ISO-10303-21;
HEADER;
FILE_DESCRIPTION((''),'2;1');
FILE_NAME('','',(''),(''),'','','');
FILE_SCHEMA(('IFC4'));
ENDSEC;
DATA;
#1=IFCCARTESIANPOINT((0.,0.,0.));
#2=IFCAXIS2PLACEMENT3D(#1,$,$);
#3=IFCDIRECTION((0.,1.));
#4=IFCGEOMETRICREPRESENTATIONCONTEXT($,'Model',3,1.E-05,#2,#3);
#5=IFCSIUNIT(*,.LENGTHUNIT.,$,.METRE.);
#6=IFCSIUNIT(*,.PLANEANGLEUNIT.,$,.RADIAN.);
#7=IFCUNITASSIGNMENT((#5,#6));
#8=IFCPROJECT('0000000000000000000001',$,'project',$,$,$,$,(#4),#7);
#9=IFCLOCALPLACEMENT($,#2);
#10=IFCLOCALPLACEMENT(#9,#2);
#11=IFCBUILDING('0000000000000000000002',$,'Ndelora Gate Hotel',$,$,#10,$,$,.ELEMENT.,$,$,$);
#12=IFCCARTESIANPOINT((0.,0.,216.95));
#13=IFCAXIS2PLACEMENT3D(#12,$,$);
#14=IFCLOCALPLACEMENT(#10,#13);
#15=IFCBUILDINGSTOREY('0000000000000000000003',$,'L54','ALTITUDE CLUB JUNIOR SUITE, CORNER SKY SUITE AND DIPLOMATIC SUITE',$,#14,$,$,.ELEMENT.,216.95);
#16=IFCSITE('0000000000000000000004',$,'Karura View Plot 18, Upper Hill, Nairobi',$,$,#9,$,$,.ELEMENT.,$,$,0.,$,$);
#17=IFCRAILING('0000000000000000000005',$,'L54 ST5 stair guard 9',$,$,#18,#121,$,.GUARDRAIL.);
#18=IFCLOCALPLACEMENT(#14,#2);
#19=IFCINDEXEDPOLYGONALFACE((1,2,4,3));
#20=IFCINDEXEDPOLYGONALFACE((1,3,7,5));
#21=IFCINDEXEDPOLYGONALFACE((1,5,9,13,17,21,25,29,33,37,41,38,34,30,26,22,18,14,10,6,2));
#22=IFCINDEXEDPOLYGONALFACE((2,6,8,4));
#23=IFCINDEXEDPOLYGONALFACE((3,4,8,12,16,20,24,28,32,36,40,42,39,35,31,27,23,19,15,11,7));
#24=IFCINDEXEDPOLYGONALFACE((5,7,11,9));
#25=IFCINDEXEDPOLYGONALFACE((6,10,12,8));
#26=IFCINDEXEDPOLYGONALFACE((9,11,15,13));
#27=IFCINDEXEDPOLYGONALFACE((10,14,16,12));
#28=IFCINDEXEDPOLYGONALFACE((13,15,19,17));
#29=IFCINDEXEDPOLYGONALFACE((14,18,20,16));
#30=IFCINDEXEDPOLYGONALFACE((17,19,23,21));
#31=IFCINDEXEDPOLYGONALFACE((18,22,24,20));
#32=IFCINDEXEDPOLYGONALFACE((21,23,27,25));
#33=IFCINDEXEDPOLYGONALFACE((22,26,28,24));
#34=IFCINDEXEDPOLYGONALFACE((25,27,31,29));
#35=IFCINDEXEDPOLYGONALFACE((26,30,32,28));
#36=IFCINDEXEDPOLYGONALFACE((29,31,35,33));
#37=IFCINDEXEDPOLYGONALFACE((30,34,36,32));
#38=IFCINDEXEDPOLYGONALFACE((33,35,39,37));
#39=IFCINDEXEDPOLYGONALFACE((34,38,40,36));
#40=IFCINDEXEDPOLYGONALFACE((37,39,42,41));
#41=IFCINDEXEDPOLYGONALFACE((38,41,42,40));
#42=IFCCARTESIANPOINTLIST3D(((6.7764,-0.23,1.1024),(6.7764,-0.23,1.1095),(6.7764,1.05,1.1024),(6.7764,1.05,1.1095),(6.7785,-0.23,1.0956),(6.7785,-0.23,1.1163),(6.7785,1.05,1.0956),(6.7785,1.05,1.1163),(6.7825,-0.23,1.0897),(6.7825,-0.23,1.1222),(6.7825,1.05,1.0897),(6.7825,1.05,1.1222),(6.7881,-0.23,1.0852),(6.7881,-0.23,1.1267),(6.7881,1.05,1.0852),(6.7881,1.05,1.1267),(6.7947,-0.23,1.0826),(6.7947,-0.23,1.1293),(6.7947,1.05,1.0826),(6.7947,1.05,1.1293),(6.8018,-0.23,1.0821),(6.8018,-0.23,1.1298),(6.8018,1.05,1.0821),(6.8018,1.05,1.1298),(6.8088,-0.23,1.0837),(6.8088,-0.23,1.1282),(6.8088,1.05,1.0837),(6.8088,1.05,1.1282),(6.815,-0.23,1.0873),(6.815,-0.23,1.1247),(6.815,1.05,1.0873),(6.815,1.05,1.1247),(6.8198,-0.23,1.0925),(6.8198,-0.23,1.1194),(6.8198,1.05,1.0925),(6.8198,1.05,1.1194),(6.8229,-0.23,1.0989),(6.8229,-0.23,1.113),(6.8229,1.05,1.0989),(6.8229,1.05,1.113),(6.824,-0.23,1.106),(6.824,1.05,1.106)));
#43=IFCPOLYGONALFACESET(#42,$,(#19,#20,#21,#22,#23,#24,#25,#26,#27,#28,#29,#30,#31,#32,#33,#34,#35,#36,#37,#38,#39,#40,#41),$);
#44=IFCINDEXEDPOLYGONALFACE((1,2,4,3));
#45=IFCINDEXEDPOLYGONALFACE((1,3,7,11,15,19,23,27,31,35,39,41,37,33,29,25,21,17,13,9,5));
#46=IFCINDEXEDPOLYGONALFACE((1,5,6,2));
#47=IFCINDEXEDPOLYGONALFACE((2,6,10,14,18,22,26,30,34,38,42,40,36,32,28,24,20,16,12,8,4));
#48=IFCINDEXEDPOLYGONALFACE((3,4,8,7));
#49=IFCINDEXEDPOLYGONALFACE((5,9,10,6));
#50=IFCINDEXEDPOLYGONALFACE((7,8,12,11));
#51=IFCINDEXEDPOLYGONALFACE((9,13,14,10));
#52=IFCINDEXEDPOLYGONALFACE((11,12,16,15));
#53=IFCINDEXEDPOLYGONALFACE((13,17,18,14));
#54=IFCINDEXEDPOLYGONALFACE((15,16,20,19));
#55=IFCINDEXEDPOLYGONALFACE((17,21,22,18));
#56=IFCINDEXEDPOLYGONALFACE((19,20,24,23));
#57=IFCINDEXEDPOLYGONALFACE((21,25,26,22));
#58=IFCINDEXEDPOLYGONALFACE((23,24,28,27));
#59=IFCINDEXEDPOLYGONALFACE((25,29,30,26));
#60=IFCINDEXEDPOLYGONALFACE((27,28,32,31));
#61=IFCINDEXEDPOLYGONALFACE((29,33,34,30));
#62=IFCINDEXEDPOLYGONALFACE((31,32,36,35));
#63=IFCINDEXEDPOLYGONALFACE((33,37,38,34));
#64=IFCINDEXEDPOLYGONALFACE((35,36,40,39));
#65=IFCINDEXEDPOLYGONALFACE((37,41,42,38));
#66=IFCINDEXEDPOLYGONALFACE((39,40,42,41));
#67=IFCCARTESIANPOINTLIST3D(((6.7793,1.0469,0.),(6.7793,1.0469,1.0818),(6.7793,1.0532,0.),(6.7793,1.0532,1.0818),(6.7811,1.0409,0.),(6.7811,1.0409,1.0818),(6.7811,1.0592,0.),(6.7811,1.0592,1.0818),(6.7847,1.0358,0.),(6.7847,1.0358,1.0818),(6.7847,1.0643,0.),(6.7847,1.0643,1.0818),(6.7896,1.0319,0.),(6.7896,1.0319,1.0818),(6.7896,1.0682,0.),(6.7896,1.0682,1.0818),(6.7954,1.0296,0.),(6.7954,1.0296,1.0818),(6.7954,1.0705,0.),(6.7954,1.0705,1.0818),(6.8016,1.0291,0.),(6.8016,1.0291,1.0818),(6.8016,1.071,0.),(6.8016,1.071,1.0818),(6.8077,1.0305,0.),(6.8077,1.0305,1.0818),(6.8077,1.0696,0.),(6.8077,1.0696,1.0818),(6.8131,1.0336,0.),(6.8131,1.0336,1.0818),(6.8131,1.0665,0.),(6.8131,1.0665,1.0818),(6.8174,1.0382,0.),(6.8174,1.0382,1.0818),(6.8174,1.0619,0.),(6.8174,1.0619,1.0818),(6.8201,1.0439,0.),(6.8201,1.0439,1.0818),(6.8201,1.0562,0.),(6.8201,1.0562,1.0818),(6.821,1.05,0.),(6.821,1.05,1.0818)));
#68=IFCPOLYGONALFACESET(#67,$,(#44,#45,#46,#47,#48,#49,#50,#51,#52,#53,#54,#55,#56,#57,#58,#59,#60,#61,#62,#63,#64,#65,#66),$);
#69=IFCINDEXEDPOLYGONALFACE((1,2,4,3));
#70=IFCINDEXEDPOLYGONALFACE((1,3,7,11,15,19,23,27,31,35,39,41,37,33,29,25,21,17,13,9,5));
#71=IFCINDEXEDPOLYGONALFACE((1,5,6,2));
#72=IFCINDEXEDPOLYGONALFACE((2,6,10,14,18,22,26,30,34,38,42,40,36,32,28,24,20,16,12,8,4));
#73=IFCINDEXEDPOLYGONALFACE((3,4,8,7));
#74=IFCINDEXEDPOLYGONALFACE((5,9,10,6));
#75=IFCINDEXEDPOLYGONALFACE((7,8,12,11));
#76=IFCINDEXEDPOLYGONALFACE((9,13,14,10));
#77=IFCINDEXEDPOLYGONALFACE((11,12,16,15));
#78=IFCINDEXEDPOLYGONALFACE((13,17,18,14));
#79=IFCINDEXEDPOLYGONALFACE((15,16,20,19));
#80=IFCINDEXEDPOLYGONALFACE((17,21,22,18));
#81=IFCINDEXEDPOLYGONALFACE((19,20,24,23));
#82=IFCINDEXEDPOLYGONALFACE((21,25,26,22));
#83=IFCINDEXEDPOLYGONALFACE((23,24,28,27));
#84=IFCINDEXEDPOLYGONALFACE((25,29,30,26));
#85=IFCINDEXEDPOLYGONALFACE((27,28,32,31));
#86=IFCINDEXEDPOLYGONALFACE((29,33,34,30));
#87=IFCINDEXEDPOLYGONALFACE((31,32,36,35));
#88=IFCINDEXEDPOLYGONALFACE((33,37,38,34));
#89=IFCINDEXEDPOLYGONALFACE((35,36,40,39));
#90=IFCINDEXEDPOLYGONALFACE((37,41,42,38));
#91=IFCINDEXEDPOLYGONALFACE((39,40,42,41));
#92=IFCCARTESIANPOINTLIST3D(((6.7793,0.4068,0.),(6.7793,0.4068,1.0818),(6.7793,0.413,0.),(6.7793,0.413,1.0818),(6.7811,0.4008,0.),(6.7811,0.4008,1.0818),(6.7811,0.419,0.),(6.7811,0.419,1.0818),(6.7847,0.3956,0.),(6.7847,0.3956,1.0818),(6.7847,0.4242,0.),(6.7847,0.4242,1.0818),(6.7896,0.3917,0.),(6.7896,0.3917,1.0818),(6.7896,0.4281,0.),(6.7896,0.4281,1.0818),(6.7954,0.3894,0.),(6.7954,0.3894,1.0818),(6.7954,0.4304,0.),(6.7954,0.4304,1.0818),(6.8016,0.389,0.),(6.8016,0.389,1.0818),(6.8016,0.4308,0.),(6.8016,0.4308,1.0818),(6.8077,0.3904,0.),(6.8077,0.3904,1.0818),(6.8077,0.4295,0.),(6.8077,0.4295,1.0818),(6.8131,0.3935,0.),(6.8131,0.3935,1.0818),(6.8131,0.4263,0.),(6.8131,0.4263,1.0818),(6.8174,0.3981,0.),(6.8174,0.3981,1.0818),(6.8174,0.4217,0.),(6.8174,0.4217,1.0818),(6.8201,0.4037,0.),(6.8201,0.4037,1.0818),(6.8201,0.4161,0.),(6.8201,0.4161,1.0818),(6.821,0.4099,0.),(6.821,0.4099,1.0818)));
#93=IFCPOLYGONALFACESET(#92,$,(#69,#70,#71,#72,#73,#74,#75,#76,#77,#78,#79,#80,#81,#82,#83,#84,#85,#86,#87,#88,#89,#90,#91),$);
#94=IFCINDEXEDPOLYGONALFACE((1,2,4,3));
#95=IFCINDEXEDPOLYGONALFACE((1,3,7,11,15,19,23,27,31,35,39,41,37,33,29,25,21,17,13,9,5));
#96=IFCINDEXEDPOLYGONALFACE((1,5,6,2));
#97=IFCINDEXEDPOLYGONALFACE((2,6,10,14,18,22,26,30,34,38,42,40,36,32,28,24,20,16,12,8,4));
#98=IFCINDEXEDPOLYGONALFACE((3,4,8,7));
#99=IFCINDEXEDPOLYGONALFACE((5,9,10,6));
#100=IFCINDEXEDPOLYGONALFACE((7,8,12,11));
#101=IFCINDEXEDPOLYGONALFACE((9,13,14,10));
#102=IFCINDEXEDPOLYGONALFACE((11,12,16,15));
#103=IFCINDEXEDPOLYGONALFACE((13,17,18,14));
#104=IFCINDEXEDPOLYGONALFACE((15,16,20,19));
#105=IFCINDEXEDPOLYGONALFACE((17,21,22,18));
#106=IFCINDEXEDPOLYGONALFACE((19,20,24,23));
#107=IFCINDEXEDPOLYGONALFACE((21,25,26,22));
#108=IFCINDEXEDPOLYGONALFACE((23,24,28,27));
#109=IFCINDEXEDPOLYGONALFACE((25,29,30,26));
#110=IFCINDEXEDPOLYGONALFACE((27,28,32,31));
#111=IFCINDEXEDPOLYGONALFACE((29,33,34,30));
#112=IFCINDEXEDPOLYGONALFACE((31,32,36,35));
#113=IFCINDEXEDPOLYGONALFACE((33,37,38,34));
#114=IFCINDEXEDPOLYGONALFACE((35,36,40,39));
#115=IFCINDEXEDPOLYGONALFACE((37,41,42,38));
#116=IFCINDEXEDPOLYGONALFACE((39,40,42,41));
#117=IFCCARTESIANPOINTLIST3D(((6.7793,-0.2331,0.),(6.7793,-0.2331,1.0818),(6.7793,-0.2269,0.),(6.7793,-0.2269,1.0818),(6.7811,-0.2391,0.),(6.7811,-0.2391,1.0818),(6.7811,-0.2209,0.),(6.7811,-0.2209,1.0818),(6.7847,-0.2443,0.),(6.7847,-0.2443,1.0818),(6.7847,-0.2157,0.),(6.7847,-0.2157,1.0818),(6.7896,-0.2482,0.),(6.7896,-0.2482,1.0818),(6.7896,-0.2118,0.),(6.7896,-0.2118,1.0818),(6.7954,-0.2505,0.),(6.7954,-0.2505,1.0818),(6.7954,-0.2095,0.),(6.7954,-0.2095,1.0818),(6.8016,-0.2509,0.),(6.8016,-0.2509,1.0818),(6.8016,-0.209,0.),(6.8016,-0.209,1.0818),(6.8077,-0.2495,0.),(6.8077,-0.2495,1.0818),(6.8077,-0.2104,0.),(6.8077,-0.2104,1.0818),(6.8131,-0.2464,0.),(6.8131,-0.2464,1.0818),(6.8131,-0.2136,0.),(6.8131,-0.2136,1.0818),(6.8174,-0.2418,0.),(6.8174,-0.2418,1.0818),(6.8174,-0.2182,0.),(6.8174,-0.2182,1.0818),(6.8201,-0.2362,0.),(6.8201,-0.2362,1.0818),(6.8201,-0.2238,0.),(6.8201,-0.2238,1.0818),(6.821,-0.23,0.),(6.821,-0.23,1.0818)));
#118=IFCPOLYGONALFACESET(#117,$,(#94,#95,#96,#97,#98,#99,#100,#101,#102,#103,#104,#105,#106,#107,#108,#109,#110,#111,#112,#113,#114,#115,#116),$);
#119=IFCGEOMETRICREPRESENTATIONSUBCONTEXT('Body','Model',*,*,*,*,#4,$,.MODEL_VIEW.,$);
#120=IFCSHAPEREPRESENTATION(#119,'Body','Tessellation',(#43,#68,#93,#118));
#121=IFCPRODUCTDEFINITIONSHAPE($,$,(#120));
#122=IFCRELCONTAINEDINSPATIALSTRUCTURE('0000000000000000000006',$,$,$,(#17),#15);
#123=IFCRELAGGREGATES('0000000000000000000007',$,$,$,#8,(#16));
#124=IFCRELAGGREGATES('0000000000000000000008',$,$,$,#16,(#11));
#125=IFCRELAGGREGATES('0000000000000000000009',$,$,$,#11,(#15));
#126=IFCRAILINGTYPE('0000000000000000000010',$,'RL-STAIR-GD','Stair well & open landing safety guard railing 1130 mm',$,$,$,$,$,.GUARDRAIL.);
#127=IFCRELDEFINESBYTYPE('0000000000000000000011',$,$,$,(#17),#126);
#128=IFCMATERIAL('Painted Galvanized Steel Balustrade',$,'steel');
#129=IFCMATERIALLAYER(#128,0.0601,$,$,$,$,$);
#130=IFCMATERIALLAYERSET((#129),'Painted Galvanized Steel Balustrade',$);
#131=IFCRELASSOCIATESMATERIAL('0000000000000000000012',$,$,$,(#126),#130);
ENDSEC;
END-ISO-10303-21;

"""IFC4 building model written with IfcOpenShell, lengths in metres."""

from ifc_helpers import new_model, si_unit, direction, frame, origin, origin_2d, place, context, subcontext, project, spatial, circle, extrude, material, layer, layer_set, type_object, element, save


model = new_model("IFC4")

# Units and contexts
model_context = context("Model", 3, precision=1e-05, world=origin(), true_north=direction((0.0, 1.0)))
body_context = subcontext(model_context, "Body", "Model", "MODEL_VIEW")
ifc_project = project(units=[si_unit("LENGTHUNIT", "METRE"), si_unit("PLANEANGLEUNIT", "RADIAN")], contexts=[model_context])

# Site, building, storey
site_placement = place(None, origin())
site = spatial("IfcSite", under=ifc_project, at=site_placement, Name="Karura View Plot 18, Upper Hill, Nairobi", CompositionType="ELEMENT", RefElevation=0.0)
building_placement = place(site_placement, origin())
building = spatial("IfcBuilding", under=site, at=building_placement, Name="Ndelora Gate Hotel", CompositionType="ELEMENT")
storey_placement = place(building_placement, frame((0.0, 0.0, 216.95)))
storey = spatial("IfcBuildingStorey", under=building, at=storey_placement, Name="L54", Description="ALTITUDE CLUB JUNIOR SUITE, CORNER SKY SUITE AND DIPLOMATIC SUITE", CompositionType="ELEMENT", Elevation=216.95)

# Railing
ifc_material_1 = material(Name="Painted Galvanized Steel Balustrade", Category="steel")
ifc_layer_1 = layer(ifc_material_1, 0.0601)
ifc_layer_set_1 = layer_set([ifc_layer_1], Name="Painted Galvanized Steel Balustrade")
railing_type = type_object("IfcRailingType", Name="RL-STAIR-GD", Description="Stair well & open landing safety guard railing 1130 mm", PredefinedType="GUARDRAIL", material=ifc_layer_set_1)
for number, where, name in (
    (1, (6.8, 1.05, 0.0), "L54 ST5 stair guard 9"),
):
    element("IfcRailing", number, at=place(storey_placement, frame(where)), inside=storey, type_object=railing_type, Name=name, PredefinedType="GUARDRAIL", context=body_context, shape_type="SweptSolid", body=[
        extrude(circle(Radius=0.0239, at=origin_2d()), frame((0.0, 0.0, 1.106), z_axis=(0.0, -1.0, 0.0), x_axis=(1.0, 0.0, 0.0)), (0.0, 0.0, 1.0), 1.28),
        extrude(circle(Radius=0.021, at=origin_2d()), origin(), (0.0, 0.0, 1.0), 1.0818),
        extrude(circle(Radius=0.021, at=origin_2d()), frame((0.0, -0.6401, 0.0)), (0.0, 0.0, 1.0), 1.0818),
        extrude(circle(Radius=0.021, at=origin_2d()), frame((0.0, -1.28, 0.0)), (0.0, 0.0, 1.0), 1.0818),
    ])

save(model, "model.ifc")
